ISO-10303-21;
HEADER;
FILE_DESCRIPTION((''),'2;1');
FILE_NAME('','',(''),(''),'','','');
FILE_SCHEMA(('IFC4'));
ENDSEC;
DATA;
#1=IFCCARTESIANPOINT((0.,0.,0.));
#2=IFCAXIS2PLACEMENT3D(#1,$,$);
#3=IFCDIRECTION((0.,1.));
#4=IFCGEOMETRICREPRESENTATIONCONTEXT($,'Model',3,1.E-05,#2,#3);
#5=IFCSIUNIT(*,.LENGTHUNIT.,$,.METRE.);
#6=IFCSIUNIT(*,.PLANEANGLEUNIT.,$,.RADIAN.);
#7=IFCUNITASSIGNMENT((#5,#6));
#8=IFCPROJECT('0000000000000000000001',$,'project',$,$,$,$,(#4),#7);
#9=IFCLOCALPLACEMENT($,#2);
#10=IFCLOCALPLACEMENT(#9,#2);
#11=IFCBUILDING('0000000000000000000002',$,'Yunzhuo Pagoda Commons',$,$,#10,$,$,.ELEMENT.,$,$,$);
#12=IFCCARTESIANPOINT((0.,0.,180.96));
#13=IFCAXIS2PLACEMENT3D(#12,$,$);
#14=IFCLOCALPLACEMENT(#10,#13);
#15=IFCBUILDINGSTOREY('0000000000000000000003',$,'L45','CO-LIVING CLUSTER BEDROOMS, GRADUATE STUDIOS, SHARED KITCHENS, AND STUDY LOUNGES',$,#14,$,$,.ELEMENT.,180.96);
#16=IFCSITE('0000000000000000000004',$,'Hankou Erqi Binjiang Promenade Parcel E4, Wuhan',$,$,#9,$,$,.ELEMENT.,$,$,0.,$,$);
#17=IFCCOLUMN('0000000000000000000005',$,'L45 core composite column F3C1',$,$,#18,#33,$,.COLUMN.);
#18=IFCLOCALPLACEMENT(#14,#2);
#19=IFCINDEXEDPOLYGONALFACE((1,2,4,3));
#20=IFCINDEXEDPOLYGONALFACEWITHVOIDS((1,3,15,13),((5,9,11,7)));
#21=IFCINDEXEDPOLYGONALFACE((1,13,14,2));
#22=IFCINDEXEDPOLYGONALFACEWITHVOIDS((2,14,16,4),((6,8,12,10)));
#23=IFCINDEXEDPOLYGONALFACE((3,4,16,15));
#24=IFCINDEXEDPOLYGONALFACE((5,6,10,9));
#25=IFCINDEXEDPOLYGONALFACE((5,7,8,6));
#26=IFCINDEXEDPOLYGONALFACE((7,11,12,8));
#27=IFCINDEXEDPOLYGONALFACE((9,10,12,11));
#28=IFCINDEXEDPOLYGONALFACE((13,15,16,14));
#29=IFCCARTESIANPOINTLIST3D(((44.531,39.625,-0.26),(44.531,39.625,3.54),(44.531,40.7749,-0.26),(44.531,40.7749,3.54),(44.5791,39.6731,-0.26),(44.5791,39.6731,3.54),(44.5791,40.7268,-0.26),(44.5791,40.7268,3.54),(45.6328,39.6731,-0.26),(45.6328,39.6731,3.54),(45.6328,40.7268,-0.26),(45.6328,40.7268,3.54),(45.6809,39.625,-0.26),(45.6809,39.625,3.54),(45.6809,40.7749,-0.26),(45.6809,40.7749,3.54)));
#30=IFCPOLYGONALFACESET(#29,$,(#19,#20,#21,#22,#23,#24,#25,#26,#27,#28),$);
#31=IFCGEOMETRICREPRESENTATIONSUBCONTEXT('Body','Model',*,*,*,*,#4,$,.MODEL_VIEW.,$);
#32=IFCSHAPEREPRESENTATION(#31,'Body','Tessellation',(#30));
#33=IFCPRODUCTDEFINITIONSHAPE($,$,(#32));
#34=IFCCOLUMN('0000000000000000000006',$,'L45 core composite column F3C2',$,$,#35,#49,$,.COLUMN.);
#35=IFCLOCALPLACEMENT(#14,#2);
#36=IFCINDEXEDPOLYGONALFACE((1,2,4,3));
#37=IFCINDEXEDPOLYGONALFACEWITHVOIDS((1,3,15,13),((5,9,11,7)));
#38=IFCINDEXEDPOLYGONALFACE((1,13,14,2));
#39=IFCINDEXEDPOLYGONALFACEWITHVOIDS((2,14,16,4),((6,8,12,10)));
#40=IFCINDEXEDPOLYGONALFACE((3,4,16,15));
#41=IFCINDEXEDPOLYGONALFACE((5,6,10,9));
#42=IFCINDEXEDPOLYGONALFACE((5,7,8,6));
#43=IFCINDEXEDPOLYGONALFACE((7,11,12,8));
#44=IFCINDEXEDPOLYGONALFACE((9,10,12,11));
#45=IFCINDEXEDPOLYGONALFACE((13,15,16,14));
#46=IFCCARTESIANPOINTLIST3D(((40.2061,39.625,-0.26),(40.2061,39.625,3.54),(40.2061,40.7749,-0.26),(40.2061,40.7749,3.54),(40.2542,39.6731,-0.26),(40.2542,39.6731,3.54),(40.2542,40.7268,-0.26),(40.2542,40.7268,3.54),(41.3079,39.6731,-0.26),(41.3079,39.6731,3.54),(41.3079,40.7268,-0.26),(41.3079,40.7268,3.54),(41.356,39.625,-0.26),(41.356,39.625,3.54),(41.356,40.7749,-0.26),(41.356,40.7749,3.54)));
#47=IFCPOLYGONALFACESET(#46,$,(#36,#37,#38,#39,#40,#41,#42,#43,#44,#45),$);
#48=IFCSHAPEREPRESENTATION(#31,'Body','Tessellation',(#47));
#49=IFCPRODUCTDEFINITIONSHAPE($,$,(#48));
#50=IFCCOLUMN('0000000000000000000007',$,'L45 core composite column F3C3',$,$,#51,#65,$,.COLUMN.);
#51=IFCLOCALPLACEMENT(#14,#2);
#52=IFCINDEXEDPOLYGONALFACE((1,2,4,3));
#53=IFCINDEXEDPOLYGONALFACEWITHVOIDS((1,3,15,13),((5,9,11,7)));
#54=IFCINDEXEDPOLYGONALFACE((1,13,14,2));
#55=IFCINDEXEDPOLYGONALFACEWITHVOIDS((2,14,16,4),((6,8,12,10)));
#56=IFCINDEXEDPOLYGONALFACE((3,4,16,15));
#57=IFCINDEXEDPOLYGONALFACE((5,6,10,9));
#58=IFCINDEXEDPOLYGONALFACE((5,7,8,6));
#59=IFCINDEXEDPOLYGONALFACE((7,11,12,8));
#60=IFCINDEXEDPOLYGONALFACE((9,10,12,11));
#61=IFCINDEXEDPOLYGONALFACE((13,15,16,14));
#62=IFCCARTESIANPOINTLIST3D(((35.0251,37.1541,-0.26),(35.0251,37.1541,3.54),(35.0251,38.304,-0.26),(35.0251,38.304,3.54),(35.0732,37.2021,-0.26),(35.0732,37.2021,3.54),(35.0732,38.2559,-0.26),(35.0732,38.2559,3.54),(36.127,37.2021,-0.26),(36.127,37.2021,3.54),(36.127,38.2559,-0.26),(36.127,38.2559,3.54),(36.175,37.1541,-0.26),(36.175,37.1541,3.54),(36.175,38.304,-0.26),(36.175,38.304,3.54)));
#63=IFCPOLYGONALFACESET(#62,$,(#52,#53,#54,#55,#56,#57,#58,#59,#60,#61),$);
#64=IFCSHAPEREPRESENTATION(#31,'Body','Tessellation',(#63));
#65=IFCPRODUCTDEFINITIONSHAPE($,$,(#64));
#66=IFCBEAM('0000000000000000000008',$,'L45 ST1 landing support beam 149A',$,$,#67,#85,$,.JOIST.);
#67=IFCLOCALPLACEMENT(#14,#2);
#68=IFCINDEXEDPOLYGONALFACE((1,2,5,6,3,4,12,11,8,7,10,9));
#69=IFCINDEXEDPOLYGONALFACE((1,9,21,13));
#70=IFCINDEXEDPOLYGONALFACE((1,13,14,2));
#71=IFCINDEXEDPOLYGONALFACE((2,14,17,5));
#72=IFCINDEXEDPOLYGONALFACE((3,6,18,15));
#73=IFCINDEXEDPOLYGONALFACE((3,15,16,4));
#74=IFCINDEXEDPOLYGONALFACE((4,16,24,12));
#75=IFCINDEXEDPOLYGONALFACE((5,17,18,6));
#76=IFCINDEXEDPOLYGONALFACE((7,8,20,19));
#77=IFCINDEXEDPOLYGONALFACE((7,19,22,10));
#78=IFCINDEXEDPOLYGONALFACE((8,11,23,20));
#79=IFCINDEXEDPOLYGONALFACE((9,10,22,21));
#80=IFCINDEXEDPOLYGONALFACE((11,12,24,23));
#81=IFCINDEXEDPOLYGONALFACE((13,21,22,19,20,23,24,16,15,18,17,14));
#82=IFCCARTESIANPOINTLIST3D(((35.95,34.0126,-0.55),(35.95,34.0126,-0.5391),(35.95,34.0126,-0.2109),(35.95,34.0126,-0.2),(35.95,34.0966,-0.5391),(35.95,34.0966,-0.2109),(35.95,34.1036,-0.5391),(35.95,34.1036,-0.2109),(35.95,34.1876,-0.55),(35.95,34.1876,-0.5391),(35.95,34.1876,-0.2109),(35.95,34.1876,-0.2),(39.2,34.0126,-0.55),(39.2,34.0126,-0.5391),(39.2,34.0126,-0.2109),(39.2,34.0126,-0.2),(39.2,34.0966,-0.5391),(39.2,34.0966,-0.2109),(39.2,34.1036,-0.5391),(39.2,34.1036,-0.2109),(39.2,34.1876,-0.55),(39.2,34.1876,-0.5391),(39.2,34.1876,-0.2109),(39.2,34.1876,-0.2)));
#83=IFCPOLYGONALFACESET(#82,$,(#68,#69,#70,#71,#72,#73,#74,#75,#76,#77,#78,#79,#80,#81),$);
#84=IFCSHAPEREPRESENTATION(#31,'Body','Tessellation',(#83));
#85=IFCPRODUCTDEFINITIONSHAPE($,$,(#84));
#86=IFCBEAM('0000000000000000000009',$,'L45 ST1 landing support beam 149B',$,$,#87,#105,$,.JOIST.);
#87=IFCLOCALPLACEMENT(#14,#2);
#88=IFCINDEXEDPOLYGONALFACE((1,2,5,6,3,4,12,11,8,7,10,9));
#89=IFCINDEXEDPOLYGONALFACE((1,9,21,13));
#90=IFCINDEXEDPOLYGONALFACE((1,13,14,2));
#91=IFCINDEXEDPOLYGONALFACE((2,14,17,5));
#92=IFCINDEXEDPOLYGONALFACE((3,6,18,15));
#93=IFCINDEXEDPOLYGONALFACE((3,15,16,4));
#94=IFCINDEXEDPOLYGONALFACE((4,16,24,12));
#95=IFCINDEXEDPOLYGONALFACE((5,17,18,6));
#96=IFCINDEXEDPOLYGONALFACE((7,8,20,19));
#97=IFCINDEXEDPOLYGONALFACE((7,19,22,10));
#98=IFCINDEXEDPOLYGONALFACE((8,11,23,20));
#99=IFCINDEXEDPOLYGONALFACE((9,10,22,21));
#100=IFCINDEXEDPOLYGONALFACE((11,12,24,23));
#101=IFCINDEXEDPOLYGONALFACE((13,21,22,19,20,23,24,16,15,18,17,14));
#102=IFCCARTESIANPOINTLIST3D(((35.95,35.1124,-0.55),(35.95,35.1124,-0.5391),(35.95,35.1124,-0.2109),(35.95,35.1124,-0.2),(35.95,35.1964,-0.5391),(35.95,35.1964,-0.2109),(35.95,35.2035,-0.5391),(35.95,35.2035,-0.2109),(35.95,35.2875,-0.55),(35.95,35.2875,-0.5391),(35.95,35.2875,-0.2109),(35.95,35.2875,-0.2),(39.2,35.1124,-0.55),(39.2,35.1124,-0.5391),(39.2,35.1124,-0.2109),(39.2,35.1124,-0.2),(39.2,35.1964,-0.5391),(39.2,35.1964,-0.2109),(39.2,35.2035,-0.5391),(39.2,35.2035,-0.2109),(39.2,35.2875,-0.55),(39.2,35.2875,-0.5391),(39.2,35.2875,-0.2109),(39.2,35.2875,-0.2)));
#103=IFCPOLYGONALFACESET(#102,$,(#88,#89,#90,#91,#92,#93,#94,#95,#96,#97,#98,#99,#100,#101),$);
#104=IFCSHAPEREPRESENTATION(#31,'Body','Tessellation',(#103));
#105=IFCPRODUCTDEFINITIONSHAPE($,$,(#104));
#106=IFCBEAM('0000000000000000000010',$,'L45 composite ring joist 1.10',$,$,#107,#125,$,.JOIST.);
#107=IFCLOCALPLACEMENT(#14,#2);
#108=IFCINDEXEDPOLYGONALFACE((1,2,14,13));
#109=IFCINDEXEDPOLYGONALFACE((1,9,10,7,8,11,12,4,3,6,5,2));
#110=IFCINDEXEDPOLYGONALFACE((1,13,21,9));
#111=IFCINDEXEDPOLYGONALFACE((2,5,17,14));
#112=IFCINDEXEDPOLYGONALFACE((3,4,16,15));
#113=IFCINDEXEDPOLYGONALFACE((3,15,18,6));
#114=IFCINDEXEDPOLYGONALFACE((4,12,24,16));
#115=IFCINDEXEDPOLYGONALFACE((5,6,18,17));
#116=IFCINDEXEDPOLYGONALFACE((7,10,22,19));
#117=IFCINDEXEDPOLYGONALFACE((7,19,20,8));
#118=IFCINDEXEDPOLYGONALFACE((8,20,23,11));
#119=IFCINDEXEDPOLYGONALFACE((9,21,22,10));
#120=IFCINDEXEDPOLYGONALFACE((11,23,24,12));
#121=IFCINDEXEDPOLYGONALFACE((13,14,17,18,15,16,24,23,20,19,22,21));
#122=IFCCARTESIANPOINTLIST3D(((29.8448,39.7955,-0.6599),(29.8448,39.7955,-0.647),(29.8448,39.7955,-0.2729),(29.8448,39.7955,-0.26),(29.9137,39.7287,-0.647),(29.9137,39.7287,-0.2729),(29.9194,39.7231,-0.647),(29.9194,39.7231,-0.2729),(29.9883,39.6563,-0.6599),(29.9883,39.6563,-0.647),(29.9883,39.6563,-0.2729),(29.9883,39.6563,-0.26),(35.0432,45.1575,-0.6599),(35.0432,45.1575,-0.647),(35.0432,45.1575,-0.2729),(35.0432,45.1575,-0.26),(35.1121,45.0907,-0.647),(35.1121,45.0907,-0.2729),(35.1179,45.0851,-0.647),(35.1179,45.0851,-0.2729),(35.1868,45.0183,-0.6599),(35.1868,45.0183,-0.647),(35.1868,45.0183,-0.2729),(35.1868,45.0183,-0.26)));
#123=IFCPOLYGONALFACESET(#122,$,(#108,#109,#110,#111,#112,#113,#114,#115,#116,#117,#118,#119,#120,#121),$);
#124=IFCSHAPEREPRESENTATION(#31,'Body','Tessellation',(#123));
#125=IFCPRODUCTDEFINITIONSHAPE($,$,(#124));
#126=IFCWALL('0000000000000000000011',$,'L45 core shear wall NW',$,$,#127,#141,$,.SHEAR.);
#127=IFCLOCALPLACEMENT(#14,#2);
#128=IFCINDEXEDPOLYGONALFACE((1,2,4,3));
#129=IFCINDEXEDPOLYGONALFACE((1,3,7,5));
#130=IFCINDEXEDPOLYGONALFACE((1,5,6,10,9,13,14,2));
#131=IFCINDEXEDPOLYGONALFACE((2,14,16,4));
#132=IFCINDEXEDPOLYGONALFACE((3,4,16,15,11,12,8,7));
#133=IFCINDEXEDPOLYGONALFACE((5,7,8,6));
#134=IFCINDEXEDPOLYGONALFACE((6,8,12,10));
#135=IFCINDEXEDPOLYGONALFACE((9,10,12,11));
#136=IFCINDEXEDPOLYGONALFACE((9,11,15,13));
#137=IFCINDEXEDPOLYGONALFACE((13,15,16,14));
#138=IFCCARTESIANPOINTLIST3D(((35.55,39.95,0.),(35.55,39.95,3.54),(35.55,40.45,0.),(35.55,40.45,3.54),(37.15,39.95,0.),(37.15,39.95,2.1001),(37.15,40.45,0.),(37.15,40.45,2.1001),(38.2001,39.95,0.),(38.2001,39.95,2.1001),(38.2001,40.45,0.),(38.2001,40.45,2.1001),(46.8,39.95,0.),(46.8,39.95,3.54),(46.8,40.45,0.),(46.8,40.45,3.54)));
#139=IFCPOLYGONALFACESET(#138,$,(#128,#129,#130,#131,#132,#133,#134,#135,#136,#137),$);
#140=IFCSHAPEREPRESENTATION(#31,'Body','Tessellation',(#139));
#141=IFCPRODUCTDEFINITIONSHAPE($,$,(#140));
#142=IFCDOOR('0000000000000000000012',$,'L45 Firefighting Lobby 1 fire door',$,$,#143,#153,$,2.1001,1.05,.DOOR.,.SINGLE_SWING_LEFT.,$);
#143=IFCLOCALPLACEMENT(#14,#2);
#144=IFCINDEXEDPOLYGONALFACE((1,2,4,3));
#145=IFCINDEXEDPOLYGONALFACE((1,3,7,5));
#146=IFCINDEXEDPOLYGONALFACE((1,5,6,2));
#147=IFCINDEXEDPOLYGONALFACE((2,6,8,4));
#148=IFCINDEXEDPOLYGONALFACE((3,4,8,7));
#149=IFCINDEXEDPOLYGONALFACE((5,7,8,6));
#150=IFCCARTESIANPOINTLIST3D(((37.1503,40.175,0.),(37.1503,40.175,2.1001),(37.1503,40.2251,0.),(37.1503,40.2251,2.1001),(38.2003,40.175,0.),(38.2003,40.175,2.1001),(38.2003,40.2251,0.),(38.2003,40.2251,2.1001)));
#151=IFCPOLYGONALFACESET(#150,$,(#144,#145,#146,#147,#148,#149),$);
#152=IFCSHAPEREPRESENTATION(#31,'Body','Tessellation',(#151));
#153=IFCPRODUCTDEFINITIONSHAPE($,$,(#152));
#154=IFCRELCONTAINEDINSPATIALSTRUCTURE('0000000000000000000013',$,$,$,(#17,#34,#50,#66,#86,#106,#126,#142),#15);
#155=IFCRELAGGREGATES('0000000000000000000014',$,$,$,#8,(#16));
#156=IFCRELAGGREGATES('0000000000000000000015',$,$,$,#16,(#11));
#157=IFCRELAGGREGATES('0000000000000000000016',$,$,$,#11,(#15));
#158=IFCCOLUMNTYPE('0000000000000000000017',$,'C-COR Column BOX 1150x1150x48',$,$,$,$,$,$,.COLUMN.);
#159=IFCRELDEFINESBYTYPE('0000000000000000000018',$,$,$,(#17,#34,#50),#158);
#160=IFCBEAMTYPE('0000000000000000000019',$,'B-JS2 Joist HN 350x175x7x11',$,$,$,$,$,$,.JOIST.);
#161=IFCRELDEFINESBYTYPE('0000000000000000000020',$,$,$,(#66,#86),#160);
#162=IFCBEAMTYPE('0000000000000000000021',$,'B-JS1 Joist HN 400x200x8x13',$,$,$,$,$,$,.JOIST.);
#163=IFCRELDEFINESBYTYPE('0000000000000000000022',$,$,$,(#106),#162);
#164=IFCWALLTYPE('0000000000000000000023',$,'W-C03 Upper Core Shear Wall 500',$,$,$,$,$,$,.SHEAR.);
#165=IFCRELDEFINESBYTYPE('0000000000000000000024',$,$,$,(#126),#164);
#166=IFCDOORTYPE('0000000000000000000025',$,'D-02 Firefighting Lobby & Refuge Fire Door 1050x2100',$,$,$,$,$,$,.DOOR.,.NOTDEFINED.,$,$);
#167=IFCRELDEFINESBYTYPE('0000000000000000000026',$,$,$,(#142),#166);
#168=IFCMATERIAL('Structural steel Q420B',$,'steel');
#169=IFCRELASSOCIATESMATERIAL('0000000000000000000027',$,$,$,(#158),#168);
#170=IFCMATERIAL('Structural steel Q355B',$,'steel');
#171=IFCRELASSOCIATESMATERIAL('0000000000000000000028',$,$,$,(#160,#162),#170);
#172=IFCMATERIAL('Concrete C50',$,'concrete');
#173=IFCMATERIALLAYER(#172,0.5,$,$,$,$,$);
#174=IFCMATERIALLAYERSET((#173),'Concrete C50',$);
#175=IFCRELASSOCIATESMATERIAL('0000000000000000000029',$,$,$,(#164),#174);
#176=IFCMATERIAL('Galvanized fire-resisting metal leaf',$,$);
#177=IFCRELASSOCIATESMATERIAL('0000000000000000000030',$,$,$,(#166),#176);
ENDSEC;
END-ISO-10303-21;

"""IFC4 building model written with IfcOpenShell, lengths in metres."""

from ifc_helpers import new_model, si_unit, direction, frame, frame_2d, origin, origin_2d, place, context, subcontext, project, spatial, rectangle, hollow_rectangle, i_section, extrude, source, transform, mapped, material, layer, layer_set, material_profile, profile_set, type_object, element, fill, save


model = new_model("IFC4")

# Units and contexts
model_context = context("Model", 3, precision=1e-05, world=origin(), true_north=direction((0.0, 1.0)))
body_context = subcontext(model_context, "Body", "Model", "MODEL_VIEW")
ifc_project = project(units=[si_unit("LENGTHUNIT", "METRE"), si_unit("PLANEANGLEUNIT", "RADIAN")], contexts=[model_context])

# Site, building, storey
site_placement = place(None, origin())
site = spatial("IfcSite", under=ifc_project, at=site_placement, Name="Hankou Erqi Binjiang Promenade Parcel E4, Wuhan", CompositionType="ELEMENT", RefElevation=0.0)
building_placement = place(site_placement, origin())
building = spatial("IfcBuilding", under=site, at=building_placement, Name="Yunzhuo Pagoda Commons", CompositionType="ELEMENT")
storey_placement = place(building_placement, frame((0.0, 0.0, 180.96)))
storey = spatial("IfcBuildingStorey", under=building, at=storey_placement, Name="L45", Description="CO-LIVING CLUSTER BEDROOMS, GRADUATE STUDIOS, SHARED KITCHENS, AND STUDY LOUNGES", CompositionType="ELEMENT", Elevation=180.96)

# Columns
ifc_material_1 = material(Name="Structural steel Q420B", Category="steel")
ifc_material_profile_1 = material_profile(ifc_material_1, hollow_rectangle(XDim=1.1499, YDim=1.1499, WallThickness=0.0481, at=origin_2d()), Name="Structural steel Q420B")
ifc_profile_set_1 = profile_set([ifc_material_profile_1], Name="Structural steel Q420B")
column_type = type_object("IfcColumnType", Name="C-COR Column BOX 1150x1150x48", PredefinedType="COLUMN", material=ifc_profile_set_1)
shared_shape_1 = source(origin(), body_context, "Body", "SweptSolid", [
    extrude(hollow_rectangle(XDim=1.1499, YDim=1.1499, WallThickness=0.0481, at=origin_2d()), origin(), (0.0, 0.0, 1.0), 3.8),
])
for number, where, z_axis, x_axis, name in (
    (1, (45.106, 40.2, -0.26), (0.0, 0.0, 1.0), (1.0, 0.0, 0.0), "L45 core composite column F3C1"),
    (2, (40.781, 40.2, -0.26), (0.0, 0.0, 1.0), (1.0, 0.0, 0.0), "L45 core composite column F3C2"),
    (3, (35.6001, 37.729, -0.26), (0.0, 0.0, 1.0), (1.0, 0.0, 0.0), "L45 core composite column F3C3"),
):
    element("IfcColumn", number, at=place(storey_placement, frame(where, z_axis=z_axis, x_axis=x_axis)), inside=storey, type_object=column_type, Name=name, PredefinedType="COLUMN", context=body_context, shape_type="MappedRepresentation", body=[
        mapped(shared_shape_1, transform((0.0, 0.0, 0.0), scale=1.0)),
    ])

# Beams
ifc_material_2 = material(Name="Structural steel Q355B", Category="steel")
ifc_material_profile_2 = material_profile(ifc_material_2, i_section(OverallWidth=0.175, OverallDepth=0.3501, WebThickness=0.0071, FlangeThickness=0.011, at=origin_2d()), Name="Structural steel Q355B")
ifc_profile_set_2 = profile_set([ifc_material_profile_2], Name="Structural steel Q355B")
beam_type_1 = type_object("IfcBeamType", Name="B-JS2 Joist HN 350x175x7x11", PredefinedType="JOIST", material=ifc_profile_set_2)
shared_shape_2 = source(origin(), body_context, "Body", "SweptSolid", [
    extrude(i_section(OverallWidth=0.175, OverallDepth=0.3501, WebThickness=0.0071, FlangeThickness=0.011, at=origin_2d()), origin(), (0.0, 0.0, 1.0), 3.25),
])
for number, where, z_axis, x_axis, name in (
    (4, (35.95, 34.1001, -0.375), (1.0, 0.0, 0.0), (0.0, 1.0, 0.0), "L45 ST1 landing support beam 149A"),
    (5, (35.95, 35.2, -0.375), (1.0, 0.0, 0.0), (0.0, 1.0, 0.0), "L45 ST1 landing support beam 149B"),
):
    element("IfcBeam", number, at=place(storey_placement, frame(where, z_axis=z_axis, x_axis=x_axis)), inside=storey, type_object=beam_type_1, Name=name, PredefinedType="JOIST", context=body_context, shape_type="MappedRepresentation", body=[
        mapped(shared_shape_2, transform((0.0, 0.0, 0.0), scale=1.0)),
    ])
ifc_material_profile_3 = material_profile(ifc_material_2, i_section(OverallWidth=0.2, OverallDepth=0.3999, WebThickness=0.0081, FlangeThickness=0.0129, at=origin_2d()), Name="Structural steel Q355B")
ifc_profile_set_3 = profile_set([ifc_material_profile_3], Name="Structural steel Q355B")
beam_type_2 = type_object("IfcBeamType", Name="B-JS1 Joist HN 400x200x8x13", PredefinedType="JOIST", material=ifc_profile_set_3)
shared_shape_3 = source(origin(), body_context, "Body", "SweptSolid", [
    extrude(i_section(OverallWidth=0.2, OverallDepth=0.3999, WebThickness=0.0081, FlangeThickness=0.0129, at=origin_2d()), origin(), (0.0, 0.0, 1.0), 7.4683),
])
beam_placement = place(storey_placement, frame((35.115, 45.0879, -0.46), z_axis=(-0.696071, -0.717973, 0.0), x_axis=(0.717973, -0.696071, 0.0)))
element("IfcBeam", 6, at=beam_placement, inside=storey, type_object=beam_type_2, Name="L45 composite ring joist 1.10", PredefinedType="JOIST", context=body_context, shape_type="MappedRepresentation", body=[
    mapped(shared_shape_3, transform((0.0, 0.0, 0.0), scale=1.0)),
])

# Wall, opening, door
ifc_material_3 = material(Name="Concrete C50", Category="concrete")
ifc_layer_1 = layer(ifc_material_3, 0.5)
ifc_layer_set_1 = layer_set([ifc_layer_1], Name="Concrete C50")
wall_type_1 = type_object("IfcWallType", Name="W-C03 Upper Core Shear Wall 500", PredefinedType="SHEAR", material=ifc_layer_set_1)
wall_1_placement = place(storey_placement, frame((35.55, 40.2, 0.0), z_axis=(0.0, 0.0, 1.0), x_axis=(1.0, 0.0, 0.0)))
wall_1 = element("IfcWall", 7, at=wall_1_placement, inside=storey, type_object=wall_type_1, Name="L45 core shear wall NW", PredefinedType="SHEAR", context=body_context, shape_type="SweptSolid", body=[
    extrude(rectangle(XDim=11.25, YDim=0.5, at=frame_2d((5.625, 0.0))), origin(), (0.0, 0.0, 1.0), 3.54),
])
opening_1_placement = place(wall_1_placement, frame((1.6001, 0.0, 0.0)))
opening_1 = element("IfcOpeningElement", 8, at=opening_1_placement, cuts=wall_1, PredefinedType="OPENING", context=body_context, shape_type="SweptSolid", body=[
    extrude(rectangle(XDim=1.05, YDim=2.1001, at=frame_2d((0.5249, 1.05))), frame((0.0, 0.26, 0.0), z_axis=(0.0, -1.0, 0.0), x_axis=(1.0, 0.0, 0.0)), (0.0, 0.0, 1.0), 0.52),
])
ifc_material_4 = material(Name="Galvanized fire-resisting metal leaf")
door_type_1 = type_object("IfcDoorType", Name="D-02 Firefighting Lobby & Refuge Fire Door 1050x2100", OperationType="NOTDEFINED", PredefinedType="DOOR", material=ifc_material_4)
shared_shape_4 = source(origin(), body_context, "Body", "SweptSolid", [
    extrude(rectangle(XDim=1.05, YDim=2.1001, at=frame_2d((0.5249, 1.05))), frame((0.0, 0.0249, 0.0), z_axis=(0.0, -1.0, 0.0), x_axis=(1.0, 0.0, 0.0)), (0.0, 0.0, 1.0), 0.05),
])
door_1_placement = place(opening_1_placement, frame((1.05, 0.0, 0.0), z_axis=(0.0, 0.0, 1.0), x_axis=(-1.0, 0.0, 0.0)))
door_1 = element("IfcDoor", 9, at=door_1_placement, inside=storey, type_object=door_type_1, Name="L45 Firefighting Lobby 1 fire door", OperationType="SINGLE_SWING_LEFT", OverallHeight=2.1001, OverallWidth=1.05, PredefinedType="DOOR", context=body_context, shape_type="MappedRepresentation", body=[
    mapped(shared_shape_4, transform((0.0, 0.0, 0.0), scale=1.0)),
])
fill(opening_1, door_1)

save(model, "model.ifc")
